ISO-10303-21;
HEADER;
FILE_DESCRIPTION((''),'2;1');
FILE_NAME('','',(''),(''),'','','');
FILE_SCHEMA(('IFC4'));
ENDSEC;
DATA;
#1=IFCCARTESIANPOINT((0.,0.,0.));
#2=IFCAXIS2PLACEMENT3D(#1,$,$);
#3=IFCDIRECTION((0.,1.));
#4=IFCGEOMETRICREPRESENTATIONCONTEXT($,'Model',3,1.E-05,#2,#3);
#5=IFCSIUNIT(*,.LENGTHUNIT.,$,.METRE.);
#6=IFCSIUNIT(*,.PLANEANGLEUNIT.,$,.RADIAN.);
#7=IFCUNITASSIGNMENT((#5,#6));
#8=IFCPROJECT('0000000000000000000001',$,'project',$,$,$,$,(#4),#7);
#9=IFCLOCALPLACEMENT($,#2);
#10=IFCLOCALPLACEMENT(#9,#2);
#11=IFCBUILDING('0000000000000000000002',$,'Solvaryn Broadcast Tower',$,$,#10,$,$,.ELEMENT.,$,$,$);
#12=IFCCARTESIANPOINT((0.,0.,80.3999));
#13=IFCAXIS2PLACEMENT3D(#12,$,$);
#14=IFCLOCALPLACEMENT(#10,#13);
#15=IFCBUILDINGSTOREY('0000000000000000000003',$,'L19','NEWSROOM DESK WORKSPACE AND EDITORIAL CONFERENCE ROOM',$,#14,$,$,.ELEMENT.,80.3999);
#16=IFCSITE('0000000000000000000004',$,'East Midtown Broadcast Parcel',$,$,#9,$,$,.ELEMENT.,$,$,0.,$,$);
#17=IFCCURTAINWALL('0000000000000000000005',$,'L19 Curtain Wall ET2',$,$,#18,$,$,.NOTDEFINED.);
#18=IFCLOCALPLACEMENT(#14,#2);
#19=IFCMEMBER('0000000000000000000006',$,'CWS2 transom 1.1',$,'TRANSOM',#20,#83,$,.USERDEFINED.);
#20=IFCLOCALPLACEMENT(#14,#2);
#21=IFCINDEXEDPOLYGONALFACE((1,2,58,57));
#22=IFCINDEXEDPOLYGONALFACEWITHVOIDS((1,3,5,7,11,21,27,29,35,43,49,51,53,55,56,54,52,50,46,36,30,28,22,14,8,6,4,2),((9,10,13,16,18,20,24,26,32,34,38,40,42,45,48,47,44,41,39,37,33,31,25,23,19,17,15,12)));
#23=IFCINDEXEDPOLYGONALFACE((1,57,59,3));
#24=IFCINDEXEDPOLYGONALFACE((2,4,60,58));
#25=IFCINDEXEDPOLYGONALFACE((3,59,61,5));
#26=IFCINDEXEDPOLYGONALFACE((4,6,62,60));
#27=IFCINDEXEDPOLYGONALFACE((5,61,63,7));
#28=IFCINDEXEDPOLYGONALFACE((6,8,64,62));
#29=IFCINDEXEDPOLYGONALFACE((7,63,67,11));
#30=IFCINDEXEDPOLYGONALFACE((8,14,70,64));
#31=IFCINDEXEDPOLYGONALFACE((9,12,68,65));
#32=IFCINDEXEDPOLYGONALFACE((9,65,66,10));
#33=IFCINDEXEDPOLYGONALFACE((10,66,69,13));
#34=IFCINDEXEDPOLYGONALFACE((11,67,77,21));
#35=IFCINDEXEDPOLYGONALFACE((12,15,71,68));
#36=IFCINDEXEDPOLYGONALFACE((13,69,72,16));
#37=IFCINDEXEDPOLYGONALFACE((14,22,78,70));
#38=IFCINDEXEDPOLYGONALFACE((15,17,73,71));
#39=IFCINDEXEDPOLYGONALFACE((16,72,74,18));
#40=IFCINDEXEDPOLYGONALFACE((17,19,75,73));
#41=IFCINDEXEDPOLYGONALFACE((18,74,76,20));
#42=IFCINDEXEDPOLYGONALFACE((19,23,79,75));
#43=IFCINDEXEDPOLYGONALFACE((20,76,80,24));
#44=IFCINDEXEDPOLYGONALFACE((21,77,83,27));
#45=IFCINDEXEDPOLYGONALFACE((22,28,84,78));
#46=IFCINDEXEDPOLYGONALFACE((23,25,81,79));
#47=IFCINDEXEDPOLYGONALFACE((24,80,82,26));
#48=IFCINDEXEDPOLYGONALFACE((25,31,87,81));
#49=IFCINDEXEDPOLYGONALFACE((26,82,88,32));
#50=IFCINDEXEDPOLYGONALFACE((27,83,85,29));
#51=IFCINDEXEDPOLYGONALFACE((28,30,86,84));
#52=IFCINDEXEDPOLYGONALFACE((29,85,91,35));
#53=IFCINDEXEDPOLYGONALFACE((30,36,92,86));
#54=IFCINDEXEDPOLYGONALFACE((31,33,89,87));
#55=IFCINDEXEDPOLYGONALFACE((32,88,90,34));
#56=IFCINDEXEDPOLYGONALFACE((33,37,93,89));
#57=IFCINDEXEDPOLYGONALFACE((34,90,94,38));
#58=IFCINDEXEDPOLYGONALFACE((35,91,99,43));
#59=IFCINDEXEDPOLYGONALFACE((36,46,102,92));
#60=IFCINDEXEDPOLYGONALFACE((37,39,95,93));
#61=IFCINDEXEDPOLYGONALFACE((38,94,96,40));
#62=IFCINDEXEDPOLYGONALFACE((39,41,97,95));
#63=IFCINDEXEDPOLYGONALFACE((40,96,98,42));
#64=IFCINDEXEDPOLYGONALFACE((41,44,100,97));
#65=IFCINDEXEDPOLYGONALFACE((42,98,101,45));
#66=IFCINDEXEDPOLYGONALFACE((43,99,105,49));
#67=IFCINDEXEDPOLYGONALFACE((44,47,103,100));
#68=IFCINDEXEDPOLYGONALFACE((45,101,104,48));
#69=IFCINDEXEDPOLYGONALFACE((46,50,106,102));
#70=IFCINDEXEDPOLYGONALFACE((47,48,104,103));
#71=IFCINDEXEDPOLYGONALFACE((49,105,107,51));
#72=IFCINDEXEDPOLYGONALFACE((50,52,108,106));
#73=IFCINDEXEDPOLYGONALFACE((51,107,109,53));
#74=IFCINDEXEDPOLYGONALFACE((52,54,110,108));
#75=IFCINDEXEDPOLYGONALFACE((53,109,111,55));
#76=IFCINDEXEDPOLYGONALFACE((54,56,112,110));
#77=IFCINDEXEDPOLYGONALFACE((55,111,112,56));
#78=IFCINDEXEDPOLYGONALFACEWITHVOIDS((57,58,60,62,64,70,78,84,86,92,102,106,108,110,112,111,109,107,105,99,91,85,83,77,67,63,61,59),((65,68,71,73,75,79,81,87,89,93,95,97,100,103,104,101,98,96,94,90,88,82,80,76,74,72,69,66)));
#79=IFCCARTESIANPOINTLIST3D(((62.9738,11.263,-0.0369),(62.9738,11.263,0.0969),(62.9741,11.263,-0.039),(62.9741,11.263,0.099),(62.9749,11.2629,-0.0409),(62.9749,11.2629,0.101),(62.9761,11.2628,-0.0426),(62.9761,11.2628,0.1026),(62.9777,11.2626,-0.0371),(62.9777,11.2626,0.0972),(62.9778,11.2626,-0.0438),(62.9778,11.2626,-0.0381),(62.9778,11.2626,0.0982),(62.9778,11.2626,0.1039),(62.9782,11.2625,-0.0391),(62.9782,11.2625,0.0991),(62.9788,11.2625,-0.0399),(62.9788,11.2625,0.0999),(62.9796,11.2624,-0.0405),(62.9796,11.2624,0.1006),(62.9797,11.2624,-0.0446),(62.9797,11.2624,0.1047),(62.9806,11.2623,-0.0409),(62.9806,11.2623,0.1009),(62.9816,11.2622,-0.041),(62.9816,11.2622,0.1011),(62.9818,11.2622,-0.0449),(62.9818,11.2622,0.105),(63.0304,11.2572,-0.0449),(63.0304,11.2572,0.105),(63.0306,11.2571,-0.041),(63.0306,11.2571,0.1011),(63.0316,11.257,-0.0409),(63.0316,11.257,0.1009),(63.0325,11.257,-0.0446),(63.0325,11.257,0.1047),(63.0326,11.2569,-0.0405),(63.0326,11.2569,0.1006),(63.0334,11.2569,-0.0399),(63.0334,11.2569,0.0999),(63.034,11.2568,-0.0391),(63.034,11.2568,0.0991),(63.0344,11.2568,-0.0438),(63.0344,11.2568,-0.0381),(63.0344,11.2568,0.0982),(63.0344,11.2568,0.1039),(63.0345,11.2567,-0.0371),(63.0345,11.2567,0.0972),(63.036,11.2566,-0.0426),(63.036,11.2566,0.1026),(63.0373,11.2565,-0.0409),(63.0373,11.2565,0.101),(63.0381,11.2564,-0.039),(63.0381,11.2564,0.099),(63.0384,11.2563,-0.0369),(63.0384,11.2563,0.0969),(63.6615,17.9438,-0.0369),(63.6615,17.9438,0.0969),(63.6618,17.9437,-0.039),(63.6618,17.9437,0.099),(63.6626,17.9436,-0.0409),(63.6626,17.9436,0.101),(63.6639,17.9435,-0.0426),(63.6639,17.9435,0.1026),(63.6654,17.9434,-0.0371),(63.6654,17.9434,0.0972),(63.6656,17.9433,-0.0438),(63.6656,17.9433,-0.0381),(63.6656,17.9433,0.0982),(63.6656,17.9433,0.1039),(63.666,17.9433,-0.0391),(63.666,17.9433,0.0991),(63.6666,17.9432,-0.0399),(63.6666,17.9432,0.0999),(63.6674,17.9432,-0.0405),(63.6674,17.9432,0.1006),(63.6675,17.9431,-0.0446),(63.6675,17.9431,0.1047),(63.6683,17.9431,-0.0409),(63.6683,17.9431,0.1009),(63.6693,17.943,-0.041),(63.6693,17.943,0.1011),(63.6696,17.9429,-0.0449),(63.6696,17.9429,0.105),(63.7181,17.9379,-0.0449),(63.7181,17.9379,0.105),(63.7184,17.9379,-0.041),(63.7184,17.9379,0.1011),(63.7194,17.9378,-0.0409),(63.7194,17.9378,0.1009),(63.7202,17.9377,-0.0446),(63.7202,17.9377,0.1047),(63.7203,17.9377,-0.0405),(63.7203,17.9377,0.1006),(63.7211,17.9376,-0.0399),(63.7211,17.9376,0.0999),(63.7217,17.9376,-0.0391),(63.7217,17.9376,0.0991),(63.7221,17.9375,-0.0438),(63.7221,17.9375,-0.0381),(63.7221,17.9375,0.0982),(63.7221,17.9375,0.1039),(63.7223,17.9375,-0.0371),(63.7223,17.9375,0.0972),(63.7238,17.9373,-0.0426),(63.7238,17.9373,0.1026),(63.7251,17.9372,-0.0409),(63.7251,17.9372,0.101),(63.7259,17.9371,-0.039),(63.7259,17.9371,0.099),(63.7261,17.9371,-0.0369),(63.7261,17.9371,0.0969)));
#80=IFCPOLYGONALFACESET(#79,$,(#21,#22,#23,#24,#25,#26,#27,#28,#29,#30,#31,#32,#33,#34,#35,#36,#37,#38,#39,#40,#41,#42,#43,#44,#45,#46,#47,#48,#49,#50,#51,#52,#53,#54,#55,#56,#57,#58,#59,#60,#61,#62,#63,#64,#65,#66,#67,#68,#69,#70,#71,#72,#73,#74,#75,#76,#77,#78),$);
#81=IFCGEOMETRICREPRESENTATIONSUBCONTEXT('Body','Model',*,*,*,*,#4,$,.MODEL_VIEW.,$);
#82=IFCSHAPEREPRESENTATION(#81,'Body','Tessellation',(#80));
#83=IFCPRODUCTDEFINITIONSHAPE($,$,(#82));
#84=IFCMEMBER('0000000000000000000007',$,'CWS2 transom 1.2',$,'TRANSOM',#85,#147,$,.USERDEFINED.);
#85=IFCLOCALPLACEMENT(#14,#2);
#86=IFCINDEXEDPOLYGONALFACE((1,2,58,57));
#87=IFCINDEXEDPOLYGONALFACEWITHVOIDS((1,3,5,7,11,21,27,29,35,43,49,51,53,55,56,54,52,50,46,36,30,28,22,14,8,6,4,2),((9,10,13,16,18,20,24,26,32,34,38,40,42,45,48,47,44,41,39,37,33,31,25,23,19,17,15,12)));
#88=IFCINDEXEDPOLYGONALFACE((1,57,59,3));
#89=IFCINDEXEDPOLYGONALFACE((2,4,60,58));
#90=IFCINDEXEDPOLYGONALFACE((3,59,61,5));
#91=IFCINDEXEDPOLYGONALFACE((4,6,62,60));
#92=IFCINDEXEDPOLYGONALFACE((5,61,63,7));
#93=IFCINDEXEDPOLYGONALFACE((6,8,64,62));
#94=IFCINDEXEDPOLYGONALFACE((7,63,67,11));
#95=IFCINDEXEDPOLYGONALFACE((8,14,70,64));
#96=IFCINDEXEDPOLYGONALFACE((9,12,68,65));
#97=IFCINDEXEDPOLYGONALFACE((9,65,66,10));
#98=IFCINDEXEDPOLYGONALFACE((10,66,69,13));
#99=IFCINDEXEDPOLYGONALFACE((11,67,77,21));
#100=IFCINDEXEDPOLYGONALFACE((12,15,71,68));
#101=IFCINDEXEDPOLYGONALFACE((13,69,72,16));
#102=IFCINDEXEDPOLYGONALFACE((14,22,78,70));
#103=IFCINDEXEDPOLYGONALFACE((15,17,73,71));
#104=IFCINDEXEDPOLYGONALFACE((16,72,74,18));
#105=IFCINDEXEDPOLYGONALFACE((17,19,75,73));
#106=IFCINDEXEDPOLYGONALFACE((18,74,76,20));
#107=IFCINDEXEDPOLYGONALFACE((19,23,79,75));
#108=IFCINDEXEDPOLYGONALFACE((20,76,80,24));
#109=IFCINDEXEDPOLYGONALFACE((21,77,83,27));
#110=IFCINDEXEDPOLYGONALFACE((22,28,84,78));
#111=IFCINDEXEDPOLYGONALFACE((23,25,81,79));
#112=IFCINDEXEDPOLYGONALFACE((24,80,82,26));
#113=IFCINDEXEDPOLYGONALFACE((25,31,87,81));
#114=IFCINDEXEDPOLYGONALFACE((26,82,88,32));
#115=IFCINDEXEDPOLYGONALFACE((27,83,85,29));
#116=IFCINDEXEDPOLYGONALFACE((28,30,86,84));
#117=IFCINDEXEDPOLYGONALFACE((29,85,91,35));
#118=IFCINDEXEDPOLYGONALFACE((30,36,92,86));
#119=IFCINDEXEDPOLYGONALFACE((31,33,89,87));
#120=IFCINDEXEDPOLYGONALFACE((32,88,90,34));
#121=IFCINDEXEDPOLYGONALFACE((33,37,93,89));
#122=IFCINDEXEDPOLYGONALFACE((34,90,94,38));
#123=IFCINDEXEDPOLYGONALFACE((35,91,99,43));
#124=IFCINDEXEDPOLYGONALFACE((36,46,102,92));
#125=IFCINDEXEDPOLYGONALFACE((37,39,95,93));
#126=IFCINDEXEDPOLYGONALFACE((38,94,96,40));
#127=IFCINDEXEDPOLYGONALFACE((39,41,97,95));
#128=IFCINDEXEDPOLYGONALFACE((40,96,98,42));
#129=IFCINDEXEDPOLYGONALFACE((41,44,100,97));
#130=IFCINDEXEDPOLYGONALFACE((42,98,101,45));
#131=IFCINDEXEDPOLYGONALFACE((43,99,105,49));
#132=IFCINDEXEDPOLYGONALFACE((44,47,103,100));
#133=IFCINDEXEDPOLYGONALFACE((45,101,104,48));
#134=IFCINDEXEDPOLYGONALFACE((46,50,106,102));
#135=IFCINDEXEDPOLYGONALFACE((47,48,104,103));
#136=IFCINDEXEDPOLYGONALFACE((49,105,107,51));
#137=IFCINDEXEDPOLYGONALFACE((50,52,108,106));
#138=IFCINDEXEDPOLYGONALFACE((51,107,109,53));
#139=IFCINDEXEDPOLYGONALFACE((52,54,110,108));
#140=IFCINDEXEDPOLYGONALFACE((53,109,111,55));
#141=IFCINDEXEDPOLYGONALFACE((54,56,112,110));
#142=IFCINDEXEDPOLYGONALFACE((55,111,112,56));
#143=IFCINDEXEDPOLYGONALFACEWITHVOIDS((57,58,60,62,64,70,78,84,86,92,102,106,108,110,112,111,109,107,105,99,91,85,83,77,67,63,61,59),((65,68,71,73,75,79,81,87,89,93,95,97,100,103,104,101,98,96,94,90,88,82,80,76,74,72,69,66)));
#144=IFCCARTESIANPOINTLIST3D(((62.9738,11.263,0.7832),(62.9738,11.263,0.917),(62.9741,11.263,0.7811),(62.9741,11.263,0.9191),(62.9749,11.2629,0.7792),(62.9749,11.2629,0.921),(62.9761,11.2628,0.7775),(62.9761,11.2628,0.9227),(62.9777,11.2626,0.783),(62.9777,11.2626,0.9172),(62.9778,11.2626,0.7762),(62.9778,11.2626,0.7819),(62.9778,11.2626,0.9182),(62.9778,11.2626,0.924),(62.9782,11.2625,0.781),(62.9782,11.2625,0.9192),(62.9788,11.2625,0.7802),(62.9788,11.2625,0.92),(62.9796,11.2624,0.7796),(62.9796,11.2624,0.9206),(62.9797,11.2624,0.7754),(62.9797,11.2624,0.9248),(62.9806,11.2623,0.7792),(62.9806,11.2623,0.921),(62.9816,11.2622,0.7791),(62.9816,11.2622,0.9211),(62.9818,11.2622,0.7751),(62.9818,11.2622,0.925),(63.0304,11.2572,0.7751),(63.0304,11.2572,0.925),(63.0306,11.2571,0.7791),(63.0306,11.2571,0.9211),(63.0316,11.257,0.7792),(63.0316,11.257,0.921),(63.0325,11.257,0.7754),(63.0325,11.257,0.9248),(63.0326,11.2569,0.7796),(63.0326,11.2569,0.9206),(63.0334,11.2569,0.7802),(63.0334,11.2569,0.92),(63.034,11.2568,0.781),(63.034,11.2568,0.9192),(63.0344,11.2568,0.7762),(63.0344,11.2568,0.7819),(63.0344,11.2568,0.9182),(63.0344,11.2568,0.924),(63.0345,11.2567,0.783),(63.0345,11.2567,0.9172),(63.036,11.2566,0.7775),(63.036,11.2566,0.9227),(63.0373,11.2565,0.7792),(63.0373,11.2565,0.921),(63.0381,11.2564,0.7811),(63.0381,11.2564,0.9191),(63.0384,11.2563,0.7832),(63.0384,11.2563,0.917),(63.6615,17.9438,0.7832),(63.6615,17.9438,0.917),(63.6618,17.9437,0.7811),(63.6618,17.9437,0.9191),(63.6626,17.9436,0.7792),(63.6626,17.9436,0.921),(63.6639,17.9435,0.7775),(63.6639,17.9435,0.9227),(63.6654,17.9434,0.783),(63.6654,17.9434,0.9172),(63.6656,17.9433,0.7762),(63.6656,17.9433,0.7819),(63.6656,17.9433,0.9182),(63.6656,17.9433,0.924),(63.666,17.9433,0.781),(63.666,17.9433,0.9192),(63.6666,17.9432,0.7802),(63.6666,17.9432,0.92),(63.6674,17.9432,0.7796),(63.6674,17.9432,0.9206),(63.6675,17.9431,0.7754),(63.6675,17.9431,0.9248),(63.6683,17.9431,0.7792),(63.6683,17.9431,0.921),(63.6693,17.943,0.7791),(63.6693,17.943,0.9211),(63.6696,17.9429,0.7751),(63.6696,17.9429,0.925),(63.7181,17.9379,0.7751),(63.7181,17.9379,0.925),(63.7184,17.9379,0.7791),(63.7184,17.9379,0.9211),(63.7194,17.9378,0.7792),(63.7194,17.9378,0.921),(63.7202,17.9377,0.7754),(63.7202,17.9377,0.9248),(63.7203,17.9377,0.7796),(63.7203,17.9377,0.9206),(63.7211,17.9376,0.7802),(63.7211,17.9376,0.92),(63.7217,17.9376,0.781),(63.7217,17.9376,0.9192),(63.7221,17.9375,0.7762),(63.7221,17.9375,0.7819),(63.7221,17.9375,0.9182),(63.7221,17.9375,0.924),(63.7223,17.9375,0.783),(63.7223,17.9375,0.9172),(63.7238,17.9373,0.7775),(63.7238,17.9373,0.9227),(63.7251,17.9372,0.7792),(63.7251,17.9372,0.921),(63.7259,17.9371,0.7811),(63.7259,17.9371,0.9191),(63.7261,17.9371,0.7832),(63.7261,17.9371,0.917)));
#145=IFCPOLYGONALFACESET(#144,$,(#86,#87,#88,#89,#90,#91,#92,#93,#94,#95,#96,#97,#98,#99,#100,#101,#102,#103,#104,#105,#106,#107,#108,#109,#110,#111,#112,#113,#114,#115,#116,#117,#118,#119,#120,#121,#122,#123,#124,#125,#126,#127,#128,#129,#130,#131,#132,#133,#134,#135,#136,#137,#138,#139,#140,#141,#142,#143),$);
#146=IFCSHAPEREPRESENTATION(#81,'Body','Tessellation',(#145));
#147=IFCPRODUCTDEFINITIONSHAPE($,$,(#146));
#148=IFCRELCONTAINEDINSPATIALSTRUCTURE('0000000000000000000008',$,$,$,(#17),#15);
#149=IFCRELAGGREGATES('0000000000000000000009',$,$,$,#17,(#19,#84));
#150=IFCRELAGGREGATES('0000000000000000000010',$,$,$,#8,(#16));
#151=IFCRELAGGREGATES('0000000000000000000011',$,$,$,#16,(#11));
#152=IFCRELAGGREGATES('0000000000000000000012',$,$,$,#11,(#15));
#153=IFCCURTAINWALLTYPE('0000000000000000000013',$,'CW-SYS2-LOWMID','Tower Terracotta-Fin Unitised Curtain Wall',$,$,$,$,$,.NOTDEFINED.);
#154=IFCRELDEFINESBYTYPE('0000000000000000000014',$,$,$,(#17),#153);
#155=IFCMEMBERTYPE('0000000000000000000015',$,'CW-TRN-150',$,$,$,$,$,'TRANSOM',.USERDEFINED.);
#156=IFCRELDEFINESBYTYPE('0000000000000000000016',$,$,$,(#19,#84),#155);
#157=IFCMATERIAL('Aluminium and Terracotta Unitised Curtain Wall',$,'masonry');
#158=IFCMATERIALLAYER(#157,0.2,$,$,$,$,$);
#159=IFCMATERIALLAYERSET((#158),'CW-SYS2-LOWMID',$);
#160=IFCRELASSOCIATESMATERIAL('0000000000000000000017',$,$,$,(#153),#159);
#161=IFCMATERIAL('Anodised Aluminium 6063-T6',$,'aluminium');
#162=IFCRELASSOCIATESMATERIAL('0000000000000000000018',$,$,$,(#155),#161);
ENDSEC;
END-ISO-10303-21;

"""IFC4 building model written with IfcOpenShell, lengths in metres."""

from ifc_helpers import new_model, si_unit, direction, frame, origin, origin_2d, place, context, subcontext, project, spatial, hollow_rectangle, extrude, material, layer, layer_set, material_profile, profile_set, type_object, element, aggregate, save


model = new_model("IFC4")

# Units and contexts
model_context = context("Model", 3, precision=1e-05, world=origin(), true_north=direction((0.0, 1.0)))
body_context = subcontext(model_context, "Body", "Model", "MODEL_VIEW")
ifc_project = project(units=[si_unit("LENGTHUNIT", "METRE"), si_unit("PLANEANGLEUNIT", "RADIAN")], contexts=[model_context])

# Site, building, storey
site_placement = place(None, origin())
site = spatial("IfcSite", under=ifc_project, at=site_placement, Name="East Midtown Broadcast Parcel", CompositionType="ELEMENT", RefElevation=0.0)
building_placement = place(site_placement, origin())
building = spatial("IfcBuilding", under=site, at=building_placement, Name="Solvaryn Broadcast Tower", CompositionType="ELEMENT")
storey_placement = place(building_placement, frame((0.0, 0.0, 80.3999)))
storey = spatial("IfcBuildingStorey", under=building, at=storey_placement, Name="L19", Description="NEWSROOM DESK WORKSPACE AND EDITORIAL CONFERENCE ROOM", CompositionType="ELEMENT", Elevation=80.3999)

# Shared definitions
ifc_material_1 = material(Name="Aluminium and Terracotta Unitised Curtain Wall", Category="masonry")
ifc_layer_1 = layer(ifc_material_1, 0.2)
ifc_layer_set_1 = layer_set([ifc_layer_1], Name="CW-SYS2-LOWMID")
curtain_wall_type = type_object("IfcCurtainWallType", Name="CW-SYS2-LOWMID", Description="Tower Terracotta-Fin Unitised Curtain Wall", PredefinedType="NOTDEFINED", material=ifc_layer_set_1)

# Curtain wall, members
curtain_wall_1_placement = place(storey_placement, origin())
curtain_wall_1 = element("IfcCurtainWall", 1, at=curtain_wall_1_placement, inside=storey, type_object=curtain_wall_type, Name="L19 Curtain Wall ET2", PredefinedType="NOTDEFINED")
ifc_material_2 = material(Name="Anodised Aluminium 6063-T6", Category="aluminium")
ifc_material_profile_1 = material_profile(ifc_material_2, hollow_rectangle(XDim=0.0649, YDim=0.1499, WallThickness=0.0039, InnerFilletRadius=0.0039, OuterFilletRadius=0.0081, at=origin_2d()))
ifc_profile_set_1 = profile_set([ifc_material_profile_1], Name="Anodised Aluminium 6063-T6")
member_type_1 = type_object("IfcMemberType", Name="CW-TRN-150", ElementType="TRANSOM", PredefinedType="USERDEFINED", material=ifc_profile_set_1)
member_1_placement = place(storey_placement, frame((63.6938, 17.9404, 0.03), z_axis=(-0.102404, -0.994743, 0.0), x_axis=(0.994743, -0.102404, 0.0)))
member_1 = element("IfcMember", 2, at=member_1_placement, type_object=member_type_1, Name="CWS2 transom 1.1", ObjectType="TRANSOM", PredefinedType="USERDEFINED", context=body_context, shape_type="SweptSolid", body=[
    extrude(hollow_rectangle(XDim=0.0649, YDim=0.1499, WallThickness=0.0039, InnerFilletRadius=0.0039, OuterFilletRadius=0.0081, at=origin_2d()), origin(), (0.0, 0.0, 1.0), 6.7161),
])
member_2_placement = place(storey_placement, frame((63.6938, 17.9404, 0.8501), z_axis=(-0.102404, -0.994743, 0.0), x_axis=(0.994743, -0.102404, 0.0)))
member_2 = element("IfcMember", 3, at=member_2_placement, type_object=member_type_1, Name="CWS2 transom 1.2", ObjectType="TRANSOM", PredefinedType="USERDEFINED", context=body_context, shape_type="SweptSolid", body=[
    extrude(hollow_rectangle(XDim=0.0649, YDim=0.1499, WallThickness=0.0039, InnerFilletRadius=0.0039, OuterFilletRadius=0.0081, at=origin_2d()), origin(), (0.0, 0.0, 1.0), 6.7161),
])
aggregate(curtain_wall_1, [member_1, member_2])

save(model, "model.ifc")
